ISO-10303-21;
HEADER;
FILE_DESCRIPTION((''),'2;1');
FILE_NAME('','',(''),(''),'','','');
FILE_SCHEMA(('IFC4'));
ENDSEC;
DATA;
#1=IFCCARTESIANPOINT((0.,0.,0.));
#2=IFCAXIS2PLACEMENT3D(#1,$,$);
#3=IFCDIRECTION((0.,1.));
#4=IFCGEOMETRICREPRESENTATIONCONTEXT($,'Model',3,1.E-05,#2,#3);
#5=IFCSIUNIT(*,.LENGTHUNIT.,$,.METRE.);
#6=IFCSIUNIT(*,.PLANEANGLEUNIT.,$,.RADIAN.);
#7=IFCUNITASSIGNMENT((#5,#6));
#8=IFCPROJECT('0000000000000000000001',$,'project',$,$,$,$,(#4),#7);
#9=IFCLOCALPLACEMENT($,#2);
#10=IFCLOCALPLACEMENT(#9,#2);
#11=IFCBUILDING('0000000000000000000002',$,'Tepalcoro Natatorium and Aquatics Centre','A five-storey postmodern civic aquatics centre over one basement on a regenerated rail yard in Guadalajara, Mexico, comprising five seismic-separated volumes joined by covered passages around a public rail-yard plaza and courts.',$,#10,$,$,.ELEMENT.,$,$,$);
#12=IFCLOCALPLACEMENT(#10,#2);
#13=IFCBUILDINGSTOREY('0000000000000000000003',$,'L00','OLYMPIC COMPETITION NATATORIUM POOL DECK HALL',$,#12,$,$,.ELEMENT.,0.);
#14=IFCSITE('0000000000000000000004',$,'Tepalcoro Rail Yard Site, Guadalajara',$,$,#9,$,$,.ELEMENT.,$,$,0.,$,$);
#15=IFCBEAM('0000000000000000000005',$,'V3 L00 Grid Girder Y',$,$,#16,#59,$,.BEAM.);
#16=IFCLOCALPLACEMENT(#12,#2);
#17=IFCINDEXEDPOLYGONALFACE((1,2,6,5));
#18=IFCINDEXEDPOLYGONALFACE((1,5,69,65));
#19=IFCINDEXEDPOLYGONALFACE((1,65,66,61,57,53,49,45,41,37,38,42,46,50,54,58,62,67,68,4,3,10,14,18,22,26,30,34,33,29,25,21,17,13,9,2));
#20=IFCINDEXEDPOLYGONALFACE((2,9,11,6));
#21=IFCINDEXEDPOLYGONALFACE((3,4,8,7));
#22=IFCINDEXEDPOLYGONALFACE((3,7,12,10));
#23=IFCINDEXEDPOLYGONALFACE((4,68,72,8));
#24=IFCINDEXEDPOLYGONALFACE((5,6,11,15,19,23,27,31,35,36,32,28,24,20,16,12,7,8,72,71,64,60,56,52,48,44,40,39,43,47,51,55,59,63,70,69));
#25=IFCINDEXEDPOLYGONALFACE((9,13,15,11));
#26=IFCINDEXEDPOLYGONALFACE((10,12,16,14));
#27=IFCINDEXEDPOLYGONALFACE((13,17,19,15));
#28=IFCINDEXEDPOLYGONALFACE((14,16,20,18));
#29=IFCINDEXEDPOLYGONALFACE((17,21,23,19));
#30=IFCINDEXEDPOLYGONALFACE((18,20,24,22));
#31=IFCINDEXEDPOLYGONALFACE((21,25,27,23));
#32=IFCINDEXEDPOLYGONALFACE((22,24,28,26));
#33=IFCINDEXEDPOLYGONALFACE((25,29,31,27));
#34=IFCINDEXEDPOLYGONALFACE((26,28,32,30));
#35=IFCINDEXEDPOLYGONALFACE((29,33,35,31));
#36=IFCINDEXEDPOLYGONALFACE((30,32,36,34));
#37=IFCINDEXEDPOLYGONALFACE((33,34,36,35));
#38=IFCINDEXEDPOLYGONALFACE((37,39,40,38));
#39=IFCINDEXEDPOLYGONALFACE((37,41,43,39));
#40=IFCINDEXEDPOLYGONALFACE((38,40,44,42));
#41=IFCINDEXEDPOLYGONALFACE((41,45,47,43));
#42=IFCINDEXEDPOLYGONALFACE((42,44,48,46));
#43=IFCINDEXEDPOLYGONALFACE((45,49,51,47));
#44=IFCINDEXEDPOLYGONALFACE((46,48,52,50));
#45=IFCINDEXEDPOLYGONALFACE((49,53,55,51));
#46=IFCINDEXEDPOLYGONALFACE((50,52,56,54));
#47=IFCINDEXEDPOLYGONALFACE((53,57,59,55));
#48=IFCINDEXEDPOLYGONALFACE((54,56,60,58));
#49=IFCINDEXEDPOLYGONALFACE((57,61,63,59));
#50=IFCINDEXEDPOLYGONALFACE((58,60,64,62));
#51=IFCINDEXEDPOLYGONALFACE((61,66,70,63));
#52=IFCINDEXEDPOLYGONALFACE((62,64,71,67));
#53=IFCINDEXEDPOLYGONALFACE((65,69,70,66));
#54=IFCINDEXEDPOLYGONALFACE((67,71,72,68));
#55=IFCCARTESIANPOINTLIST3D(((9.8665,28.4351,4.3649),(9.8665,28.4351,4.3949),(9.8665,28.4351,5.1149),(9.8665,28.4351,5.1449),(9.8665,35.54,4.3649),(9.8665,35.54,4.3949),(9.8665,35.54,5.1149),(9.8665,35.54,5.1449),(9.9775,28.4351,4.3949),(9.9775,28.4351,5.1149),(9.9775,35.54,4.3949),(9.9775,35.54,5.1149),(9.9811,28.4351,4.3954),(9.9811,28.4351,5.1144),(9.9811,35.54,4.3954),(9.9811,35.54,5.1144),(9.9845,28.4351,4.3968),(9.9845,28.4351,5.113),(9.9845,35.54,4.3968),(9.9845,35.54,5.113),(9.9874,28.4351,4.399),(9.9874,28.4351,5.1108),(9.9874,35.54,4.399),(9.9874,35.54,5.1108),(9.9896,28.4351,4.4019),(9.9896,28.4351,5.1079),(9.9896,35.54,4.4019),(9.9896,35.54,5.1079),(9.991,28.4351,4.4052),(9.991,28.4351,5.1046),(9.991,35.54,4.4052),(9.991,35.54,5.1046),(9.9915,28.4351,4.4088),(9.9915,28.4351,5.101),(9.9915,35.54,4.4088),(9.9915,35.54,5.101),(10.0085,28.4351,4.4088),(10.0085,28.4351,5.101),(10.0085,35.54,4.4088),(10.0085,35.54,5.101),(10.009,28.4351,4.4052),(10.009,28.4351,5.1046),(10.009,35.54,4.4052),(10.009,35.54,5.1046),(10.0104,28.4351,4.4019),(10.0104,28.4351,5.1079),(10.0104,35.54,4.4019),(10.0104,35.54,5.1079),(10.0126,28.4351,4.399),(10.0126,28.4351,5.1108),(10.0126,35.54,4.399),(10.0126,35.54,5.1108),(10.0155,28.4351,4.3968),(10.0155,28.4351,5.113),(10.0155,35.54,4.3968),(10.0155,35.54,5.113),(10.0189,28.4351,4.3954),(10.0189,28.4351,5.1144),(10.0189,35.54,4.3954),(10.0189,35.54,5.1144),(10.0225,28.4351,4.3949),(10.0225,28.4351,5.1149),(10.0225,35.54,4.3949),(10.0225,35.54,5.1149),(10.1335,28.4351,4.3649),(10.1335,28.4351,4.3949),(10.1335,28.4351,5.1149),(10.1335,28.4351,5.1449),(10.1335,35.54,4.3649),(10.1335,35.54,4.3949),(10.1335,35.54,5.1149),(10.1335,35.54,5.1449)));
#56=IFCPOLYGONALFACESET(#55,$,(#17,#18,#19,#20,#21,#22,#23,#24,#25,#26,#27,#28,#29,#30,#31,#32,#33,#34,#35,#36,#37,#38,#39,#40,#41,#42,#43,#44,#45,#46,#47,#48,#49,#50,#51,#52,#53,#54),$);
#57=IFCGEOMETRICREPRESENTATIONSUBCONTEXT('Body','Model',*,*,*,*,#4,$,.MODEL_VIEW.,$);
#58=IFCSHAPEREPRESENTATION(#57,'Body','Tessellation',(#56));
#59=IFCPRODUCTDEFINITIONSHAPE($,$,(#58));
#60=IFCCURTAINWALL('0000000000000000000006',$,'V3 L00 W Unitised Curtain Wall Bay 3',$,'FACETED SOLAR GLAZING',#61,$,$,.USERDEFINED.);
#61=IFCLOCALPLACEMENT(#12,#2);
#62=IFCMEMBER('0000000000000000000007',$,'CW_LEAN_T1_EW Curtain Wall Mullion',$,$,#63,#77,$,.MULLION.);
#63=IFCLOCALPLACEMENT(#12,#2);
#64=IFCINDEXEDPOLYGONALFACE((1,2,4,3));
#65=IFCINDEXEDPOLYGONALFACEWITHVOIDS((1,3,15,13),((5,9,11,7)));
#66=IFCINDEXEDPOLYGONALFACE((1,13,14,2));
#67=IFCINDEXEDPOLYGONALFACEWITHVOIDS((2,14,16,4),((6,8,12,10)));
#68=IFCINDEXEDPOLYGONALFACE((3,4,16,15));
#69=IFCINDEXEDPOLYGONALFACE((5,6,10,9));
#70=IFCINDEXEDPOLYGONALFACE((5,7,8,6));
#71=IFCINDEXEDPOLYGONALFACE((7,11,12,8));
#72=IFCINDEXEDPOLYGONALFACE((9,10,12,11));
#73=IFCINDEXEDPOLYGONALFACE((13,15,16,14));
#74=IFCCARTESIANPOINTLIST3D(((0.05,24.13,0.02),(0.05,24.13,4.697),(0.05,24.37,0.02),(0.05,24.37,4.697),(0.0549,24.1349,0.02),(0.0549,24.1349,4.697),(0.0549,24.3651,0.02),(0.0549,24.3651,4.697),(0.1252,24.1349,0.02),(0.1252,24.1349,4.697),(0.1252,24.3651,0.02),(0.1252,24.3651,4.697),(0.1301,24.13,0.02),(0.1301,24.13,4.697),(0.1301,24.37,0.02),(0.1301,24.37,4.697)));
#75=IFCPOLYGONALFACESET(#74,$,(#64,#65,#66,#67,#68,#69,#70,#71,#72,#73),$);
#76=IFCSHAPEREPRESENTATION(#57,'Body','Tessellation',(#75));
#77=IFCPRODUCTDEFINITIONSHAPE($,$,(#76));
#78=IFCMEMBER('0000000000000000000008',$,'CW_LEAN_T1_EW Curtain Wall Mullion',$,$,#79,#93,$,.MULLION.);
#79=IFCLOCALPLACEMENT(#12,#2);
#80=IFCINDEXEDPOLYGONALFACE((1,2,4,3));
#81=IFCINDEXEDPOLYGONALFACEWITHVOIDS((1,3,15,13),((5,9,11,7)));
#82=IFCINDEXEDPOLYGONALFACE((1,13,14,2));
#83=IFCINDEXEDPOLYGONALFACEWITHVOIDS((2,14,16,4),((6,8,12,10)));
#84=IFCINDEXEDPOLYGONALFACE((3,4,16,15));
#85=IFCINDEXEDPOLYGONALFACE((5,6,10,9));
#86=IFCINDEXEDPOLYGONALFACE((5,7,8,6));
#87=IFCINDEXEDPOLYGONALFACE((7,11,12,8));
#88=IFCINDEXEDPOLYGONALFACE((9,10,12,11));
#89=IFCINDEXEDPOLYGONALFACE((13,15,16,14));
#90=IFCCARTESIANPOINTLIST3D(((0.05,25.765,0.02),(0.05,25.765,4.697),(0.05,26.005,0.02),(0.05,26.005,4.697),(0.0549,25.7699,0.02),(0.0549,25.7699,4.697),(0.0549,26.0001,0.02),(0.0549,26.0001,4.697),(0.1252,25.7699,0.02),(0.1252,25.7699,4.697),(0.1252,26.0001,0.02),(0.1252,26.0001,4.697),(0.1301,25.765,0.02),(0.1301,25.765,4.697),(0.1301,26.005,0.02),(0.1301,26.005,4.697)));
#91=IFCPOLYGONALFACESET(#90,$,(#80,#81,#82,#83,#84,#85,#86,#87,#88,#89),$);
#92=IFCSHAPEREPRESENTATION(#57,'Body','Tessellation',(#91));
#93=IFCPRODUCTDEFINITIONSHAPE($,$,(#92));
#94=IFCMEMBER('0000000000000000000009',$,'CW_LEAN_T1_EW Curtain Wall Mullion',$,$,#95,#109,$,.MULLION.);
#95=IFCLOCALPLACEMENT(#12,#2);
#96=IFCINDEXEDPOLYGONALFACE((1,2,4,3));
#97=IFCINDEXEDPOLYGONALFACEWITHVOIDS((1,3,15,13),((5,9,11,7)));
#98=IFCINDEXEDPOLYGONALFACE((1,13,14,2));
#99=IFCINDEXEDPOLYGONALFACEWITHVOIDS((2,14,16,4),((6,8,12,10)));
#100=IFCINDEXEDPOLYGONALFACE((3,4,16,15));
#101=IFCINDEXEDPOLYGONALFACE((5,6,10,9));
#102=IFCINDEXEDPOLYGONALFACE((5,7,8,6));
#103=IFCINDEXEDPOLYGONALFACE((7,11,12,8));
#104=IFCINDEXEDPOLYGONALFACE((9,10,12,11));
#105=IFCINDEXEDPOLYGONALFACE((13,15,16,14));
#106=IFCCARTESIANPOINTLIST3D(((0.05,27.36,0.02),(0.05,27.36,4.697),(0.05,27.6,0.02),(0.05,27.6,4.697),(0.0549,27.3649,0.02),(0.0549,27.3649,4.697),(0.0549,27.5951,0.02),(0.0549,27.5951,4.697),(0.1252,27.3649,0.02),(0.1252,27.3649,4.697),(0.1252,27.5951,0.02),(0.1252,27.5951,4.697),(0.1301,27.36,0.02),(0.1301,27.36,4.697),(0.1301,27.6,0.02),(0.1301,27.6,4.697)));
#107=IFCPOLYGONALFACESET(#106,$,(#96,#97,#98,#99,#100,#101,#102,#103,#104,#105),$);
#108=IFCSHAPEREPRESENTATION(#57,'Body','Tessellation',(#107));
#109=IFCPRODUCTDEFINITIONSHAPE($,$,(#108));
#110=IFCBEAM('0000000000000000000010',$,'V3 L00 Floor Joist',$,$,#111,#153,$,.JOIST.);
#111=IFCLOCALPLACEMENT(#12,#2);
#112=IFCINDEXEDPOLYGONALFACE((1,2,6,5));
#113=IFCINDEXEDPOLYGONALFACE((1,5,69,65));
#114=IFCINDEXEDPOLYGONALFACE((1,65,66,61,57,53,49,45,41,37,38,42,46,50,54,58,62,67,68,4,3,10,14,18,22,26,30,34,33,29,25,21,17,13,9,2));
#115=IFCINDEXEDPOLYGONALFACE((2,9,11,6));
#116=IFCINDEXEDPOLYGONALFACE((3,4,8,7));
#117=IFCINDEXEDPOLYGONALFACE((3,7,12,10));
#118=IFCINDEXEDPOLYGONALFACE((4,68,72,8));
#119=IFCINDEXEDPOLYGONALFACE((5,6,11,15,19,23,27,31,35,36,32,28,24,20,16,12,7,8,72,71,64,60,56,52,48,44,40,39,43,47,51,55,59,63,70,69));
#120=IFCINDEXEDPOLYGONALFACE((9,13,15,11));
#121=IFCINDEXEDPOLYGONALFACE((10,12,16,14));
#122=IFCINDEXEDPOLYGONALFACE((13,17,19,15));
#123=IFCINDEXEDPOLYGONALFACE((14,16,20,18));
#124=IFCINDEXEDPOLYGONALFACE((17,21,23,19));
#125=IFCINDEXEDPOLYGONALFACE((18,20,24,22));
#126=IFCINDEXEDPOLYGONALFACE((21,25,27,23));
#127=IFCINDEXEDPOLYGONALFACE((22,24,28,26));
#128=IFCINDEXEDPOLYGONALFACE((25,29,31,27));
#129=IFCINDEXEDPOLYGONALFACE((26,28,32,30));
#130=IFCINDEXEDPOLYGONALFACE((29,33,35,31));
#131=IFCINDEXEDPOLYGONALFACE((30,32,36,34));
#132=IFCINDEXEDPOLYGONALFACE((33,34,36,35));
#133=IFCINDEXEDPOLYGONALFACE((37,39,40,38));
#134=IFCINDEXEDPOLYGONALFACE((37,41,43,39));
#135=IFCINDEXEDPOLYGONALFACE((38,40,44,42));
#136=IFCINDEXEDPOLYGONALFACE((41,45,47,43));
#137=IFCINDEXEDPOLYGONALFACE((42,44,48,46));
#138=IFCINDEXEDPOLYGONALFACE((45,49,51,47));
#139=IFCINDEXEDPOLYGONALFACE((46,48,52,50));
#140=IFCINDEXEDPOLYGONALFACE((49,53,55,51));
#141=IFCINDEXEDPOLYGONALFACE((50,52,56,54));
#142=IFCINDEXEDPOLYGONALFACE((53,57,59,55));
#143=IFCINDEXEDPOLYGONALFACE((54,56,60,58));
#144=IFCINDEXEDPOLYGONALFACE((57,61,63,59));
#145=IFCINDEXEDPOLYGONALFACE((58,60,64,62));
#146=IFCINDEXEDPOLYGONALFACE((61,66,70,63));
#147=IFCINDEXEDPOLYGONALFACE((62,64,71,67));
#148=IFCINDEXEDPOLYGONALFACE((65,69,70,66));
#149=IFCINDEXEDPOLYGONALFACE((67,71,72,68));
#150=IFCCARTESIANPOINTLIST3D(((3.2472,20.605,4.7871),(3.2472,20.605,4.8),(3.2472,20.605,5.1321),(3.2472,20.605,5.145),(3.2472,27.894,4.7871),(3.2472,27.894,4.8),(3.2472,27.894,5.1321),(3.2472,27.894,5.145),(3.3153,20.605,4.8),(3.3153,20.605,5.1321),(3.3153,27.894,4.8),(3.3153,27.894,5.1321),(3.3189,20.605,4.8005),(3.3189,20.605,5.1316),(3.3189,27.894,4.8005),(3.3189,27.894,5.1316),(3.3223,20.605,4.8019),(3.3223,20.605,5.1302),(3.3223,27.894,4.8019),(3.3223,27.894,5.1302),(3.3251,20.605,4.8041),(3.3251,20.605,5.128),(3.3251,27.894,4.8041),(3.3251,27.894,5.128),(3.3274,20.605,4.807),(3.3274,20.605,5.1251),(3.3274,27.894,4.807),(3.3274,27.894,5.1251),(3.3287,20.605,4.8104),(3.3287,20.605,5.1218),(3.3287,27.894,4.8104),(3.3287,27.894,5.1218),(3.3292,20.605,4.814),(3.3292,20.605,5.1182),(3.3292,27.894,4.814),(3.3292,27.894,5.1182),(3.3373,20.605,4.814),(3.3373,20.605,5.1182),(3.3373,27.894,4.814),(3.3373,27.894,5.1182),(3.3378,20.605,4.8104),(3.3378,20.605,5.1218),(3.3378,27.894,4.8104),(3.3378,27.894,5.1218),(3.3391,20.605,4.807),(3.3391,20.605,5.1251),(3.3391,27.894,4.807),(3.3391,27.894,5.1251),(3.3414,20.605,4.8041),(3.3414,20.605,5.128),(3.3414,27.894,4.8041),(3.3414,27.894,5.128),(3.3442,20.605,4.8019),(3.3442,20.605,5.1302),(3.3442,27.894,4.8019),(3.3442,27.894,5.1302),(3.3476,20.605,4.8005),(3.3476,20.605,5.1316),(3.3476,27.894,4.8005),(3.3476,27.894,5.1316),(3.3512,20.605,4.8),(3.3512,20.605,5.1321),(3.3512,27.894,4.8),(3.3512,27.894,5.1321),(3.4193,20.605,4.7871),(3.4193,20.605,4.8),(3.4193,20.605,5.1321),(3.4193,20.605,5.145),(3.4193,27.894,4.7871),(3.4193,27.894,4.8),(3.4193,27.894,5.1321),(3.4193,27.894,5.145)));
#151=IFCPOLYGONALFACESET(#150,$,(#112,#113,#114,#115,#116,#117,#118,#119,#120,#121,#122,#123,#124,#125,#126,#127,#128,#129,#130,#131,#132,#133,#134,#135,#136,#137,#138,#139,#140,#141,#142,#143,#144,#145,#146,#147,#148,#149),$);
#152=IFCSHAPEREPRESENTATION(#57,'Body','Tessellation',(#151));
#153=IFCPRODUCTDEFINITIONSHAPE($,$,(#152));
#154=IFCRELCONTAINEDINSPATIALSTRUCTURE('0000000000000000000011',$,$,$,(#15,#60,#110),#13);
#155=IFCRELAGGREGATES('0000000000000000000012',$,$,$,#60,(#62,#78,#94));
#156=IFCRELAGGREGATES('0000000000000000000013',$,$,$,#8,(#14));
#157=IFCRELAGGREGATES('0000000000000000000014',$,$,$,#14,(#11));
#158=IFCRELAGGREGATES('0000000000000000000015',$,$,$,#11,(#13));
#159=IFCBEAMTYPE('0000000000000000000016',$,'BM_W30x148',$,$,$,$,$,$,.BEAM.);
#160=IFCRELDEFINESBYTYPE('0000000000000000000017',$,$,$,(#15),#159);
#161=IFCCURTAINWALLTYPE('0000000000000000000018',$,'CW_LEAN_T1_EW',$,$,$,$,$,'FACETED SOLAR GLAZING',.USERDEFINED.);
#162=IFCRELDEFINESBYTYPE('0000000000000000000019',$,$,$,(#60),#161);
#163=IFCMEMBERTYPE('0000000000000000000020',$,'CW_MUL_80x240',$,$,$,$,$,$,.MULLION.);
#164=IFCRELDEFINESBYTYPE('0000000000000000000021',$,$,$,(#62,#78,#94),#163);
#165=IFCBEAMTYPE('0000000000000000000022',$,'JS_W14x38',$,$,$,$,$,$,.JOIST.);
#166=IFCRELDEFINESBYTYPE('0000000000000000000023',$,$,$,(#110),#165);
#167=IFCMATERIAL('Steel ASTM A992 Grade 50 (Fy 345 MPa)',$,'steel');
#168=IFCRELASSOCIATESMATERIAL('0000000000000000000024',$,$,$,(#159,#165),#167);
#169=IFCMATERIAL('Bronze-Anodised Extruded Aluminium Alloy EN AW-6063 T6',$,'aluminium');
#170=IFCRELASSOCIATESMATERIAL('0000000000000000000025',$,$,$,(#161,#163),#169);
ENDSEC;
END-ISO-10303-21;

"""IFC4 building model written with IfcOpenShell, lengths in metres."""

from ifc_helpers import new_model, si_unit, direction, frame, origin, origin_2d, place, context, subcontext, project, spatial, hollow_rectangle, i_section, extrude, material, material_profile, profile_set, type_object, element, aggregate, save


model = new_model("IFC4")

# Units and contexts
model_context = context("Model", 3, precision=1e-05, world=origin(), true_north=direction((0.0, 1.0)))
body_context = subcontext(model_context, "Body", "Model", "MODEL_VIEW")
ifc_project = project(units=[si_unit("LENGTHUNIT", "METRE"), si_unit("PLANEANGLEUNIT", "RADIAN")], contexts=[model_context])

# Site, building, storey
site_placement = place(None, origin())
site = spatial("IfcSite", under=ifc_project, at=site_placement, Name="Tepalcoro Rail Yard Site, Guadalajara", CompositionType="ELEMENT", RefElevation=0.0)
building_placement = place(site_placement, origin())
building = spatial("IfcBuilding", under=site, at=building_placement, Name="Tepalcoro Natatorium and Aquatics Centre", Description="A five-storey postmodern civic aquatics centre over one basement on a regenerated rail yard in Guadalajara, Mexico, comprising five seismic-separated volumes joined by covered passages around a public rail-yard plaza and courts.", CompositionType="ELEMENT")
storey_placement = place(building_placement, origin())
storey = spatial("IfcBuildingStorey", under=building, at=storey_placement, Name="L00", Description="OLYMPIC COMPETITION NATATORIUM POOL DECK HALL", CompositionType="ELEMENT", Elevation=0.0)

# Beam
ifc_material_1 = material(Name="Steel ASTM A992 Grade 50 (Fy 345 MPa)", Category="steel")
ifc_material_profile_1 = material_profile(ifc_material_1, i_section(OverallWidth=0.2671, OverallDepth=0.78, WebThickness=0.0171, FlangeThickness=0.03, FilletRadius=0.0139, at=origin_2d()), Name="W30X148")
ifc_profile_set_1 = profile_set([ifc_material_profile_1], Name="Steel ASTM A992 Grade 50 (Fy 345 MPa)")
beam_type_1 = type_object("IfcBeamType", Name="BM_W30x148", PredefinedType="BEAM", material=ifc_profile_set_1)
beam_1_placement = place(storey_placement, frame((10.0, 28.4351, 4.7549), z_axis=(0.0, 1.0, 0.0), x_axis=(-1.0, 0.0, 0.0)))
element("IfcBeam", 1, at=beam_1_placement, inside=storey, type_object=beam_type_1, Name="V3 L00 Grid Girder Y", PredefinedType="BEAM", context=body_context, shape_type="SweptSolid", body=[
    extrude(i_section(OverallWidth=0.2671, OverallDepth=0.78, WebThickness=0.0171, FlangeThickness=0.03, FilletRadius=0.0139, at=origin_2d()), origin(), (0.0, 0.0, 1.0), 7.105),
])

# Curtain wall, members
ifc_material_2 = material(Name="Bronze-Anodised Extruded Aluminium Alloy EN AW-6063 T6", Category="aluminium")
curtain_wall_type = type_object("IfcCurtainWallType", Name="CW_LEAN_T1_EW", ElementType="FACETED SOLAR GLAZING", PredefinedType="USERDEFINED", material=ifc_material_2)
curtain_wall_placement = place(storey_placement, origin())
curtain_wall = element("IfcCurtainWall", 2, at=curtain_wall_placement, inside=storey, type_object=curtain_wall_type, Name="V3 L00 W Unitised Curtain Wall Bay 3", ObjectType="FACETED SOLAR GLAZING", PredefinedType="USERDEFINED")
ifc_material_profile_2 = material_profile(ifc_material_2, hollow_rectangle(XDim=0.0801, YDim=0.24, WallThickness=0.0049, at=origin_2d()), Name="AL80X240X5")
ifc_profile_set_2 = profile_set([ifc_material_profile_2], Name="Bronze-Anodised Extruded Aluminium Alloy EN AW-6063 T6")
member_type = type_object("IfcMemberType", Name="CW_MUL_80x240", PredefinedType="MULLION", material=ifc_profile_set_2)
member_1_placement = place(storey_placement, frame((0.0901, 24.25, 0.02), z_axis=(0.0, 0.0, 1.0), x_axis=(1.0, 0.0, 0.0)))
member_1 = element("IfcMember", 3, at=member_1_placement, type_object=member_type, Name="CW_LEAN_T1_EW Curtain Wall Mullion", PredefinedType="MULLION", context=body_context, shape_type="SweptSolid", body=[
    extrude(hollow_rectangle(XDim=0.0801, YDim=0.24, WallThickness=0.0049, at=origin_2d()), origin(), (0.0, 0.0, 1.0), 4.677),
])
member_2_placement = place(storey_placement, frame((0.0901, 25.885, 0.02), z_axis=(0.0, 0.0, 1.0), x_axis=(1.0, 0.0, 0.0)))
member_2 = element("IfcMember", 4, at=member_2_placement, type_object=member_type, Name="CW_LEAN_T1_EW Curtain Wall Mullion", PredefinedType="MULLION", context=body_context, shape_type="SweptSolid", body=[
    extrude(hollow_rectangle(XDim=0.0801, YDim=0.24, WallThickness=0.0049, at=origin_2d()), origin(), (0.0, 0.0, 1.0), 4.677),
])
member_3_placement = place(storey_placement, frame((0.0901, 27.48, 0.02), z_axis=(0.0, 0.0, 1.0), x_axis=(1.0, 0.0, 0.0)))
member_3 = element("IfcMember", 5, at=member_3_placement, type_object=member_type, Name="CW_LEAN_T1_EW Curtain Wall Mullion", PredefinedType="MULLION", context=body_context, shape_type="SweptSolid", body=[
    extrude(hollow_rectangle(XDim=0.0801, YDim=0.24, WallThickness=0.0049, at=origin_2d()), origin(), (0.0, 0.0, 1.0), 4.677),
])

# Beam
ifc_material_profile_3 = material_profile(ifc_material_1, i_section(OverallWidth=0.1721, OverallDepth=0.3579, WebThickness=0.0081, FlangeThickness=0.0129, FilletRadius=0.0139, at=origin_2d()), Name="W14X38")
ifc_profile_set_3 = profile_set([ifc_material_profile_3], Name="Steel ASTM A992 Grade 50 (Fy 345 MPa)")
beam_type_2 = type_object("IfcBeamType", Name="JS_W14x38", PredefinedType="JOIST", material=ifc_profile_set_3)
beam_2_placement = place(storey_placement, frame((3.3333, 20.605, 4.9661), z_axis=(0.0, 1.0, 0.0), x_axis=(-1.0, 0.0, 0.0)))
element("IfcBeam", 6, at=beam_2_placement, inside=storey, type_object=beam_type_2, Name="V3 L00 Floor Joist", PredefinedType="JOIST", context=body_context, shape_type="SweptSolid", body=[
    extrude(i_section(OverallWidth=0.1721, OverallDepth=0.3579, WebThickness=0.0081, FlangeThickness=0.0129, FilletRadius=0.0139, at=origin_2d()), origin(), (0.0, 0.0, 1.0), 7.2891),
])

aggregate(curtain_wall, [member_1, member_2, member_3])

save(model, "model.ifc")
